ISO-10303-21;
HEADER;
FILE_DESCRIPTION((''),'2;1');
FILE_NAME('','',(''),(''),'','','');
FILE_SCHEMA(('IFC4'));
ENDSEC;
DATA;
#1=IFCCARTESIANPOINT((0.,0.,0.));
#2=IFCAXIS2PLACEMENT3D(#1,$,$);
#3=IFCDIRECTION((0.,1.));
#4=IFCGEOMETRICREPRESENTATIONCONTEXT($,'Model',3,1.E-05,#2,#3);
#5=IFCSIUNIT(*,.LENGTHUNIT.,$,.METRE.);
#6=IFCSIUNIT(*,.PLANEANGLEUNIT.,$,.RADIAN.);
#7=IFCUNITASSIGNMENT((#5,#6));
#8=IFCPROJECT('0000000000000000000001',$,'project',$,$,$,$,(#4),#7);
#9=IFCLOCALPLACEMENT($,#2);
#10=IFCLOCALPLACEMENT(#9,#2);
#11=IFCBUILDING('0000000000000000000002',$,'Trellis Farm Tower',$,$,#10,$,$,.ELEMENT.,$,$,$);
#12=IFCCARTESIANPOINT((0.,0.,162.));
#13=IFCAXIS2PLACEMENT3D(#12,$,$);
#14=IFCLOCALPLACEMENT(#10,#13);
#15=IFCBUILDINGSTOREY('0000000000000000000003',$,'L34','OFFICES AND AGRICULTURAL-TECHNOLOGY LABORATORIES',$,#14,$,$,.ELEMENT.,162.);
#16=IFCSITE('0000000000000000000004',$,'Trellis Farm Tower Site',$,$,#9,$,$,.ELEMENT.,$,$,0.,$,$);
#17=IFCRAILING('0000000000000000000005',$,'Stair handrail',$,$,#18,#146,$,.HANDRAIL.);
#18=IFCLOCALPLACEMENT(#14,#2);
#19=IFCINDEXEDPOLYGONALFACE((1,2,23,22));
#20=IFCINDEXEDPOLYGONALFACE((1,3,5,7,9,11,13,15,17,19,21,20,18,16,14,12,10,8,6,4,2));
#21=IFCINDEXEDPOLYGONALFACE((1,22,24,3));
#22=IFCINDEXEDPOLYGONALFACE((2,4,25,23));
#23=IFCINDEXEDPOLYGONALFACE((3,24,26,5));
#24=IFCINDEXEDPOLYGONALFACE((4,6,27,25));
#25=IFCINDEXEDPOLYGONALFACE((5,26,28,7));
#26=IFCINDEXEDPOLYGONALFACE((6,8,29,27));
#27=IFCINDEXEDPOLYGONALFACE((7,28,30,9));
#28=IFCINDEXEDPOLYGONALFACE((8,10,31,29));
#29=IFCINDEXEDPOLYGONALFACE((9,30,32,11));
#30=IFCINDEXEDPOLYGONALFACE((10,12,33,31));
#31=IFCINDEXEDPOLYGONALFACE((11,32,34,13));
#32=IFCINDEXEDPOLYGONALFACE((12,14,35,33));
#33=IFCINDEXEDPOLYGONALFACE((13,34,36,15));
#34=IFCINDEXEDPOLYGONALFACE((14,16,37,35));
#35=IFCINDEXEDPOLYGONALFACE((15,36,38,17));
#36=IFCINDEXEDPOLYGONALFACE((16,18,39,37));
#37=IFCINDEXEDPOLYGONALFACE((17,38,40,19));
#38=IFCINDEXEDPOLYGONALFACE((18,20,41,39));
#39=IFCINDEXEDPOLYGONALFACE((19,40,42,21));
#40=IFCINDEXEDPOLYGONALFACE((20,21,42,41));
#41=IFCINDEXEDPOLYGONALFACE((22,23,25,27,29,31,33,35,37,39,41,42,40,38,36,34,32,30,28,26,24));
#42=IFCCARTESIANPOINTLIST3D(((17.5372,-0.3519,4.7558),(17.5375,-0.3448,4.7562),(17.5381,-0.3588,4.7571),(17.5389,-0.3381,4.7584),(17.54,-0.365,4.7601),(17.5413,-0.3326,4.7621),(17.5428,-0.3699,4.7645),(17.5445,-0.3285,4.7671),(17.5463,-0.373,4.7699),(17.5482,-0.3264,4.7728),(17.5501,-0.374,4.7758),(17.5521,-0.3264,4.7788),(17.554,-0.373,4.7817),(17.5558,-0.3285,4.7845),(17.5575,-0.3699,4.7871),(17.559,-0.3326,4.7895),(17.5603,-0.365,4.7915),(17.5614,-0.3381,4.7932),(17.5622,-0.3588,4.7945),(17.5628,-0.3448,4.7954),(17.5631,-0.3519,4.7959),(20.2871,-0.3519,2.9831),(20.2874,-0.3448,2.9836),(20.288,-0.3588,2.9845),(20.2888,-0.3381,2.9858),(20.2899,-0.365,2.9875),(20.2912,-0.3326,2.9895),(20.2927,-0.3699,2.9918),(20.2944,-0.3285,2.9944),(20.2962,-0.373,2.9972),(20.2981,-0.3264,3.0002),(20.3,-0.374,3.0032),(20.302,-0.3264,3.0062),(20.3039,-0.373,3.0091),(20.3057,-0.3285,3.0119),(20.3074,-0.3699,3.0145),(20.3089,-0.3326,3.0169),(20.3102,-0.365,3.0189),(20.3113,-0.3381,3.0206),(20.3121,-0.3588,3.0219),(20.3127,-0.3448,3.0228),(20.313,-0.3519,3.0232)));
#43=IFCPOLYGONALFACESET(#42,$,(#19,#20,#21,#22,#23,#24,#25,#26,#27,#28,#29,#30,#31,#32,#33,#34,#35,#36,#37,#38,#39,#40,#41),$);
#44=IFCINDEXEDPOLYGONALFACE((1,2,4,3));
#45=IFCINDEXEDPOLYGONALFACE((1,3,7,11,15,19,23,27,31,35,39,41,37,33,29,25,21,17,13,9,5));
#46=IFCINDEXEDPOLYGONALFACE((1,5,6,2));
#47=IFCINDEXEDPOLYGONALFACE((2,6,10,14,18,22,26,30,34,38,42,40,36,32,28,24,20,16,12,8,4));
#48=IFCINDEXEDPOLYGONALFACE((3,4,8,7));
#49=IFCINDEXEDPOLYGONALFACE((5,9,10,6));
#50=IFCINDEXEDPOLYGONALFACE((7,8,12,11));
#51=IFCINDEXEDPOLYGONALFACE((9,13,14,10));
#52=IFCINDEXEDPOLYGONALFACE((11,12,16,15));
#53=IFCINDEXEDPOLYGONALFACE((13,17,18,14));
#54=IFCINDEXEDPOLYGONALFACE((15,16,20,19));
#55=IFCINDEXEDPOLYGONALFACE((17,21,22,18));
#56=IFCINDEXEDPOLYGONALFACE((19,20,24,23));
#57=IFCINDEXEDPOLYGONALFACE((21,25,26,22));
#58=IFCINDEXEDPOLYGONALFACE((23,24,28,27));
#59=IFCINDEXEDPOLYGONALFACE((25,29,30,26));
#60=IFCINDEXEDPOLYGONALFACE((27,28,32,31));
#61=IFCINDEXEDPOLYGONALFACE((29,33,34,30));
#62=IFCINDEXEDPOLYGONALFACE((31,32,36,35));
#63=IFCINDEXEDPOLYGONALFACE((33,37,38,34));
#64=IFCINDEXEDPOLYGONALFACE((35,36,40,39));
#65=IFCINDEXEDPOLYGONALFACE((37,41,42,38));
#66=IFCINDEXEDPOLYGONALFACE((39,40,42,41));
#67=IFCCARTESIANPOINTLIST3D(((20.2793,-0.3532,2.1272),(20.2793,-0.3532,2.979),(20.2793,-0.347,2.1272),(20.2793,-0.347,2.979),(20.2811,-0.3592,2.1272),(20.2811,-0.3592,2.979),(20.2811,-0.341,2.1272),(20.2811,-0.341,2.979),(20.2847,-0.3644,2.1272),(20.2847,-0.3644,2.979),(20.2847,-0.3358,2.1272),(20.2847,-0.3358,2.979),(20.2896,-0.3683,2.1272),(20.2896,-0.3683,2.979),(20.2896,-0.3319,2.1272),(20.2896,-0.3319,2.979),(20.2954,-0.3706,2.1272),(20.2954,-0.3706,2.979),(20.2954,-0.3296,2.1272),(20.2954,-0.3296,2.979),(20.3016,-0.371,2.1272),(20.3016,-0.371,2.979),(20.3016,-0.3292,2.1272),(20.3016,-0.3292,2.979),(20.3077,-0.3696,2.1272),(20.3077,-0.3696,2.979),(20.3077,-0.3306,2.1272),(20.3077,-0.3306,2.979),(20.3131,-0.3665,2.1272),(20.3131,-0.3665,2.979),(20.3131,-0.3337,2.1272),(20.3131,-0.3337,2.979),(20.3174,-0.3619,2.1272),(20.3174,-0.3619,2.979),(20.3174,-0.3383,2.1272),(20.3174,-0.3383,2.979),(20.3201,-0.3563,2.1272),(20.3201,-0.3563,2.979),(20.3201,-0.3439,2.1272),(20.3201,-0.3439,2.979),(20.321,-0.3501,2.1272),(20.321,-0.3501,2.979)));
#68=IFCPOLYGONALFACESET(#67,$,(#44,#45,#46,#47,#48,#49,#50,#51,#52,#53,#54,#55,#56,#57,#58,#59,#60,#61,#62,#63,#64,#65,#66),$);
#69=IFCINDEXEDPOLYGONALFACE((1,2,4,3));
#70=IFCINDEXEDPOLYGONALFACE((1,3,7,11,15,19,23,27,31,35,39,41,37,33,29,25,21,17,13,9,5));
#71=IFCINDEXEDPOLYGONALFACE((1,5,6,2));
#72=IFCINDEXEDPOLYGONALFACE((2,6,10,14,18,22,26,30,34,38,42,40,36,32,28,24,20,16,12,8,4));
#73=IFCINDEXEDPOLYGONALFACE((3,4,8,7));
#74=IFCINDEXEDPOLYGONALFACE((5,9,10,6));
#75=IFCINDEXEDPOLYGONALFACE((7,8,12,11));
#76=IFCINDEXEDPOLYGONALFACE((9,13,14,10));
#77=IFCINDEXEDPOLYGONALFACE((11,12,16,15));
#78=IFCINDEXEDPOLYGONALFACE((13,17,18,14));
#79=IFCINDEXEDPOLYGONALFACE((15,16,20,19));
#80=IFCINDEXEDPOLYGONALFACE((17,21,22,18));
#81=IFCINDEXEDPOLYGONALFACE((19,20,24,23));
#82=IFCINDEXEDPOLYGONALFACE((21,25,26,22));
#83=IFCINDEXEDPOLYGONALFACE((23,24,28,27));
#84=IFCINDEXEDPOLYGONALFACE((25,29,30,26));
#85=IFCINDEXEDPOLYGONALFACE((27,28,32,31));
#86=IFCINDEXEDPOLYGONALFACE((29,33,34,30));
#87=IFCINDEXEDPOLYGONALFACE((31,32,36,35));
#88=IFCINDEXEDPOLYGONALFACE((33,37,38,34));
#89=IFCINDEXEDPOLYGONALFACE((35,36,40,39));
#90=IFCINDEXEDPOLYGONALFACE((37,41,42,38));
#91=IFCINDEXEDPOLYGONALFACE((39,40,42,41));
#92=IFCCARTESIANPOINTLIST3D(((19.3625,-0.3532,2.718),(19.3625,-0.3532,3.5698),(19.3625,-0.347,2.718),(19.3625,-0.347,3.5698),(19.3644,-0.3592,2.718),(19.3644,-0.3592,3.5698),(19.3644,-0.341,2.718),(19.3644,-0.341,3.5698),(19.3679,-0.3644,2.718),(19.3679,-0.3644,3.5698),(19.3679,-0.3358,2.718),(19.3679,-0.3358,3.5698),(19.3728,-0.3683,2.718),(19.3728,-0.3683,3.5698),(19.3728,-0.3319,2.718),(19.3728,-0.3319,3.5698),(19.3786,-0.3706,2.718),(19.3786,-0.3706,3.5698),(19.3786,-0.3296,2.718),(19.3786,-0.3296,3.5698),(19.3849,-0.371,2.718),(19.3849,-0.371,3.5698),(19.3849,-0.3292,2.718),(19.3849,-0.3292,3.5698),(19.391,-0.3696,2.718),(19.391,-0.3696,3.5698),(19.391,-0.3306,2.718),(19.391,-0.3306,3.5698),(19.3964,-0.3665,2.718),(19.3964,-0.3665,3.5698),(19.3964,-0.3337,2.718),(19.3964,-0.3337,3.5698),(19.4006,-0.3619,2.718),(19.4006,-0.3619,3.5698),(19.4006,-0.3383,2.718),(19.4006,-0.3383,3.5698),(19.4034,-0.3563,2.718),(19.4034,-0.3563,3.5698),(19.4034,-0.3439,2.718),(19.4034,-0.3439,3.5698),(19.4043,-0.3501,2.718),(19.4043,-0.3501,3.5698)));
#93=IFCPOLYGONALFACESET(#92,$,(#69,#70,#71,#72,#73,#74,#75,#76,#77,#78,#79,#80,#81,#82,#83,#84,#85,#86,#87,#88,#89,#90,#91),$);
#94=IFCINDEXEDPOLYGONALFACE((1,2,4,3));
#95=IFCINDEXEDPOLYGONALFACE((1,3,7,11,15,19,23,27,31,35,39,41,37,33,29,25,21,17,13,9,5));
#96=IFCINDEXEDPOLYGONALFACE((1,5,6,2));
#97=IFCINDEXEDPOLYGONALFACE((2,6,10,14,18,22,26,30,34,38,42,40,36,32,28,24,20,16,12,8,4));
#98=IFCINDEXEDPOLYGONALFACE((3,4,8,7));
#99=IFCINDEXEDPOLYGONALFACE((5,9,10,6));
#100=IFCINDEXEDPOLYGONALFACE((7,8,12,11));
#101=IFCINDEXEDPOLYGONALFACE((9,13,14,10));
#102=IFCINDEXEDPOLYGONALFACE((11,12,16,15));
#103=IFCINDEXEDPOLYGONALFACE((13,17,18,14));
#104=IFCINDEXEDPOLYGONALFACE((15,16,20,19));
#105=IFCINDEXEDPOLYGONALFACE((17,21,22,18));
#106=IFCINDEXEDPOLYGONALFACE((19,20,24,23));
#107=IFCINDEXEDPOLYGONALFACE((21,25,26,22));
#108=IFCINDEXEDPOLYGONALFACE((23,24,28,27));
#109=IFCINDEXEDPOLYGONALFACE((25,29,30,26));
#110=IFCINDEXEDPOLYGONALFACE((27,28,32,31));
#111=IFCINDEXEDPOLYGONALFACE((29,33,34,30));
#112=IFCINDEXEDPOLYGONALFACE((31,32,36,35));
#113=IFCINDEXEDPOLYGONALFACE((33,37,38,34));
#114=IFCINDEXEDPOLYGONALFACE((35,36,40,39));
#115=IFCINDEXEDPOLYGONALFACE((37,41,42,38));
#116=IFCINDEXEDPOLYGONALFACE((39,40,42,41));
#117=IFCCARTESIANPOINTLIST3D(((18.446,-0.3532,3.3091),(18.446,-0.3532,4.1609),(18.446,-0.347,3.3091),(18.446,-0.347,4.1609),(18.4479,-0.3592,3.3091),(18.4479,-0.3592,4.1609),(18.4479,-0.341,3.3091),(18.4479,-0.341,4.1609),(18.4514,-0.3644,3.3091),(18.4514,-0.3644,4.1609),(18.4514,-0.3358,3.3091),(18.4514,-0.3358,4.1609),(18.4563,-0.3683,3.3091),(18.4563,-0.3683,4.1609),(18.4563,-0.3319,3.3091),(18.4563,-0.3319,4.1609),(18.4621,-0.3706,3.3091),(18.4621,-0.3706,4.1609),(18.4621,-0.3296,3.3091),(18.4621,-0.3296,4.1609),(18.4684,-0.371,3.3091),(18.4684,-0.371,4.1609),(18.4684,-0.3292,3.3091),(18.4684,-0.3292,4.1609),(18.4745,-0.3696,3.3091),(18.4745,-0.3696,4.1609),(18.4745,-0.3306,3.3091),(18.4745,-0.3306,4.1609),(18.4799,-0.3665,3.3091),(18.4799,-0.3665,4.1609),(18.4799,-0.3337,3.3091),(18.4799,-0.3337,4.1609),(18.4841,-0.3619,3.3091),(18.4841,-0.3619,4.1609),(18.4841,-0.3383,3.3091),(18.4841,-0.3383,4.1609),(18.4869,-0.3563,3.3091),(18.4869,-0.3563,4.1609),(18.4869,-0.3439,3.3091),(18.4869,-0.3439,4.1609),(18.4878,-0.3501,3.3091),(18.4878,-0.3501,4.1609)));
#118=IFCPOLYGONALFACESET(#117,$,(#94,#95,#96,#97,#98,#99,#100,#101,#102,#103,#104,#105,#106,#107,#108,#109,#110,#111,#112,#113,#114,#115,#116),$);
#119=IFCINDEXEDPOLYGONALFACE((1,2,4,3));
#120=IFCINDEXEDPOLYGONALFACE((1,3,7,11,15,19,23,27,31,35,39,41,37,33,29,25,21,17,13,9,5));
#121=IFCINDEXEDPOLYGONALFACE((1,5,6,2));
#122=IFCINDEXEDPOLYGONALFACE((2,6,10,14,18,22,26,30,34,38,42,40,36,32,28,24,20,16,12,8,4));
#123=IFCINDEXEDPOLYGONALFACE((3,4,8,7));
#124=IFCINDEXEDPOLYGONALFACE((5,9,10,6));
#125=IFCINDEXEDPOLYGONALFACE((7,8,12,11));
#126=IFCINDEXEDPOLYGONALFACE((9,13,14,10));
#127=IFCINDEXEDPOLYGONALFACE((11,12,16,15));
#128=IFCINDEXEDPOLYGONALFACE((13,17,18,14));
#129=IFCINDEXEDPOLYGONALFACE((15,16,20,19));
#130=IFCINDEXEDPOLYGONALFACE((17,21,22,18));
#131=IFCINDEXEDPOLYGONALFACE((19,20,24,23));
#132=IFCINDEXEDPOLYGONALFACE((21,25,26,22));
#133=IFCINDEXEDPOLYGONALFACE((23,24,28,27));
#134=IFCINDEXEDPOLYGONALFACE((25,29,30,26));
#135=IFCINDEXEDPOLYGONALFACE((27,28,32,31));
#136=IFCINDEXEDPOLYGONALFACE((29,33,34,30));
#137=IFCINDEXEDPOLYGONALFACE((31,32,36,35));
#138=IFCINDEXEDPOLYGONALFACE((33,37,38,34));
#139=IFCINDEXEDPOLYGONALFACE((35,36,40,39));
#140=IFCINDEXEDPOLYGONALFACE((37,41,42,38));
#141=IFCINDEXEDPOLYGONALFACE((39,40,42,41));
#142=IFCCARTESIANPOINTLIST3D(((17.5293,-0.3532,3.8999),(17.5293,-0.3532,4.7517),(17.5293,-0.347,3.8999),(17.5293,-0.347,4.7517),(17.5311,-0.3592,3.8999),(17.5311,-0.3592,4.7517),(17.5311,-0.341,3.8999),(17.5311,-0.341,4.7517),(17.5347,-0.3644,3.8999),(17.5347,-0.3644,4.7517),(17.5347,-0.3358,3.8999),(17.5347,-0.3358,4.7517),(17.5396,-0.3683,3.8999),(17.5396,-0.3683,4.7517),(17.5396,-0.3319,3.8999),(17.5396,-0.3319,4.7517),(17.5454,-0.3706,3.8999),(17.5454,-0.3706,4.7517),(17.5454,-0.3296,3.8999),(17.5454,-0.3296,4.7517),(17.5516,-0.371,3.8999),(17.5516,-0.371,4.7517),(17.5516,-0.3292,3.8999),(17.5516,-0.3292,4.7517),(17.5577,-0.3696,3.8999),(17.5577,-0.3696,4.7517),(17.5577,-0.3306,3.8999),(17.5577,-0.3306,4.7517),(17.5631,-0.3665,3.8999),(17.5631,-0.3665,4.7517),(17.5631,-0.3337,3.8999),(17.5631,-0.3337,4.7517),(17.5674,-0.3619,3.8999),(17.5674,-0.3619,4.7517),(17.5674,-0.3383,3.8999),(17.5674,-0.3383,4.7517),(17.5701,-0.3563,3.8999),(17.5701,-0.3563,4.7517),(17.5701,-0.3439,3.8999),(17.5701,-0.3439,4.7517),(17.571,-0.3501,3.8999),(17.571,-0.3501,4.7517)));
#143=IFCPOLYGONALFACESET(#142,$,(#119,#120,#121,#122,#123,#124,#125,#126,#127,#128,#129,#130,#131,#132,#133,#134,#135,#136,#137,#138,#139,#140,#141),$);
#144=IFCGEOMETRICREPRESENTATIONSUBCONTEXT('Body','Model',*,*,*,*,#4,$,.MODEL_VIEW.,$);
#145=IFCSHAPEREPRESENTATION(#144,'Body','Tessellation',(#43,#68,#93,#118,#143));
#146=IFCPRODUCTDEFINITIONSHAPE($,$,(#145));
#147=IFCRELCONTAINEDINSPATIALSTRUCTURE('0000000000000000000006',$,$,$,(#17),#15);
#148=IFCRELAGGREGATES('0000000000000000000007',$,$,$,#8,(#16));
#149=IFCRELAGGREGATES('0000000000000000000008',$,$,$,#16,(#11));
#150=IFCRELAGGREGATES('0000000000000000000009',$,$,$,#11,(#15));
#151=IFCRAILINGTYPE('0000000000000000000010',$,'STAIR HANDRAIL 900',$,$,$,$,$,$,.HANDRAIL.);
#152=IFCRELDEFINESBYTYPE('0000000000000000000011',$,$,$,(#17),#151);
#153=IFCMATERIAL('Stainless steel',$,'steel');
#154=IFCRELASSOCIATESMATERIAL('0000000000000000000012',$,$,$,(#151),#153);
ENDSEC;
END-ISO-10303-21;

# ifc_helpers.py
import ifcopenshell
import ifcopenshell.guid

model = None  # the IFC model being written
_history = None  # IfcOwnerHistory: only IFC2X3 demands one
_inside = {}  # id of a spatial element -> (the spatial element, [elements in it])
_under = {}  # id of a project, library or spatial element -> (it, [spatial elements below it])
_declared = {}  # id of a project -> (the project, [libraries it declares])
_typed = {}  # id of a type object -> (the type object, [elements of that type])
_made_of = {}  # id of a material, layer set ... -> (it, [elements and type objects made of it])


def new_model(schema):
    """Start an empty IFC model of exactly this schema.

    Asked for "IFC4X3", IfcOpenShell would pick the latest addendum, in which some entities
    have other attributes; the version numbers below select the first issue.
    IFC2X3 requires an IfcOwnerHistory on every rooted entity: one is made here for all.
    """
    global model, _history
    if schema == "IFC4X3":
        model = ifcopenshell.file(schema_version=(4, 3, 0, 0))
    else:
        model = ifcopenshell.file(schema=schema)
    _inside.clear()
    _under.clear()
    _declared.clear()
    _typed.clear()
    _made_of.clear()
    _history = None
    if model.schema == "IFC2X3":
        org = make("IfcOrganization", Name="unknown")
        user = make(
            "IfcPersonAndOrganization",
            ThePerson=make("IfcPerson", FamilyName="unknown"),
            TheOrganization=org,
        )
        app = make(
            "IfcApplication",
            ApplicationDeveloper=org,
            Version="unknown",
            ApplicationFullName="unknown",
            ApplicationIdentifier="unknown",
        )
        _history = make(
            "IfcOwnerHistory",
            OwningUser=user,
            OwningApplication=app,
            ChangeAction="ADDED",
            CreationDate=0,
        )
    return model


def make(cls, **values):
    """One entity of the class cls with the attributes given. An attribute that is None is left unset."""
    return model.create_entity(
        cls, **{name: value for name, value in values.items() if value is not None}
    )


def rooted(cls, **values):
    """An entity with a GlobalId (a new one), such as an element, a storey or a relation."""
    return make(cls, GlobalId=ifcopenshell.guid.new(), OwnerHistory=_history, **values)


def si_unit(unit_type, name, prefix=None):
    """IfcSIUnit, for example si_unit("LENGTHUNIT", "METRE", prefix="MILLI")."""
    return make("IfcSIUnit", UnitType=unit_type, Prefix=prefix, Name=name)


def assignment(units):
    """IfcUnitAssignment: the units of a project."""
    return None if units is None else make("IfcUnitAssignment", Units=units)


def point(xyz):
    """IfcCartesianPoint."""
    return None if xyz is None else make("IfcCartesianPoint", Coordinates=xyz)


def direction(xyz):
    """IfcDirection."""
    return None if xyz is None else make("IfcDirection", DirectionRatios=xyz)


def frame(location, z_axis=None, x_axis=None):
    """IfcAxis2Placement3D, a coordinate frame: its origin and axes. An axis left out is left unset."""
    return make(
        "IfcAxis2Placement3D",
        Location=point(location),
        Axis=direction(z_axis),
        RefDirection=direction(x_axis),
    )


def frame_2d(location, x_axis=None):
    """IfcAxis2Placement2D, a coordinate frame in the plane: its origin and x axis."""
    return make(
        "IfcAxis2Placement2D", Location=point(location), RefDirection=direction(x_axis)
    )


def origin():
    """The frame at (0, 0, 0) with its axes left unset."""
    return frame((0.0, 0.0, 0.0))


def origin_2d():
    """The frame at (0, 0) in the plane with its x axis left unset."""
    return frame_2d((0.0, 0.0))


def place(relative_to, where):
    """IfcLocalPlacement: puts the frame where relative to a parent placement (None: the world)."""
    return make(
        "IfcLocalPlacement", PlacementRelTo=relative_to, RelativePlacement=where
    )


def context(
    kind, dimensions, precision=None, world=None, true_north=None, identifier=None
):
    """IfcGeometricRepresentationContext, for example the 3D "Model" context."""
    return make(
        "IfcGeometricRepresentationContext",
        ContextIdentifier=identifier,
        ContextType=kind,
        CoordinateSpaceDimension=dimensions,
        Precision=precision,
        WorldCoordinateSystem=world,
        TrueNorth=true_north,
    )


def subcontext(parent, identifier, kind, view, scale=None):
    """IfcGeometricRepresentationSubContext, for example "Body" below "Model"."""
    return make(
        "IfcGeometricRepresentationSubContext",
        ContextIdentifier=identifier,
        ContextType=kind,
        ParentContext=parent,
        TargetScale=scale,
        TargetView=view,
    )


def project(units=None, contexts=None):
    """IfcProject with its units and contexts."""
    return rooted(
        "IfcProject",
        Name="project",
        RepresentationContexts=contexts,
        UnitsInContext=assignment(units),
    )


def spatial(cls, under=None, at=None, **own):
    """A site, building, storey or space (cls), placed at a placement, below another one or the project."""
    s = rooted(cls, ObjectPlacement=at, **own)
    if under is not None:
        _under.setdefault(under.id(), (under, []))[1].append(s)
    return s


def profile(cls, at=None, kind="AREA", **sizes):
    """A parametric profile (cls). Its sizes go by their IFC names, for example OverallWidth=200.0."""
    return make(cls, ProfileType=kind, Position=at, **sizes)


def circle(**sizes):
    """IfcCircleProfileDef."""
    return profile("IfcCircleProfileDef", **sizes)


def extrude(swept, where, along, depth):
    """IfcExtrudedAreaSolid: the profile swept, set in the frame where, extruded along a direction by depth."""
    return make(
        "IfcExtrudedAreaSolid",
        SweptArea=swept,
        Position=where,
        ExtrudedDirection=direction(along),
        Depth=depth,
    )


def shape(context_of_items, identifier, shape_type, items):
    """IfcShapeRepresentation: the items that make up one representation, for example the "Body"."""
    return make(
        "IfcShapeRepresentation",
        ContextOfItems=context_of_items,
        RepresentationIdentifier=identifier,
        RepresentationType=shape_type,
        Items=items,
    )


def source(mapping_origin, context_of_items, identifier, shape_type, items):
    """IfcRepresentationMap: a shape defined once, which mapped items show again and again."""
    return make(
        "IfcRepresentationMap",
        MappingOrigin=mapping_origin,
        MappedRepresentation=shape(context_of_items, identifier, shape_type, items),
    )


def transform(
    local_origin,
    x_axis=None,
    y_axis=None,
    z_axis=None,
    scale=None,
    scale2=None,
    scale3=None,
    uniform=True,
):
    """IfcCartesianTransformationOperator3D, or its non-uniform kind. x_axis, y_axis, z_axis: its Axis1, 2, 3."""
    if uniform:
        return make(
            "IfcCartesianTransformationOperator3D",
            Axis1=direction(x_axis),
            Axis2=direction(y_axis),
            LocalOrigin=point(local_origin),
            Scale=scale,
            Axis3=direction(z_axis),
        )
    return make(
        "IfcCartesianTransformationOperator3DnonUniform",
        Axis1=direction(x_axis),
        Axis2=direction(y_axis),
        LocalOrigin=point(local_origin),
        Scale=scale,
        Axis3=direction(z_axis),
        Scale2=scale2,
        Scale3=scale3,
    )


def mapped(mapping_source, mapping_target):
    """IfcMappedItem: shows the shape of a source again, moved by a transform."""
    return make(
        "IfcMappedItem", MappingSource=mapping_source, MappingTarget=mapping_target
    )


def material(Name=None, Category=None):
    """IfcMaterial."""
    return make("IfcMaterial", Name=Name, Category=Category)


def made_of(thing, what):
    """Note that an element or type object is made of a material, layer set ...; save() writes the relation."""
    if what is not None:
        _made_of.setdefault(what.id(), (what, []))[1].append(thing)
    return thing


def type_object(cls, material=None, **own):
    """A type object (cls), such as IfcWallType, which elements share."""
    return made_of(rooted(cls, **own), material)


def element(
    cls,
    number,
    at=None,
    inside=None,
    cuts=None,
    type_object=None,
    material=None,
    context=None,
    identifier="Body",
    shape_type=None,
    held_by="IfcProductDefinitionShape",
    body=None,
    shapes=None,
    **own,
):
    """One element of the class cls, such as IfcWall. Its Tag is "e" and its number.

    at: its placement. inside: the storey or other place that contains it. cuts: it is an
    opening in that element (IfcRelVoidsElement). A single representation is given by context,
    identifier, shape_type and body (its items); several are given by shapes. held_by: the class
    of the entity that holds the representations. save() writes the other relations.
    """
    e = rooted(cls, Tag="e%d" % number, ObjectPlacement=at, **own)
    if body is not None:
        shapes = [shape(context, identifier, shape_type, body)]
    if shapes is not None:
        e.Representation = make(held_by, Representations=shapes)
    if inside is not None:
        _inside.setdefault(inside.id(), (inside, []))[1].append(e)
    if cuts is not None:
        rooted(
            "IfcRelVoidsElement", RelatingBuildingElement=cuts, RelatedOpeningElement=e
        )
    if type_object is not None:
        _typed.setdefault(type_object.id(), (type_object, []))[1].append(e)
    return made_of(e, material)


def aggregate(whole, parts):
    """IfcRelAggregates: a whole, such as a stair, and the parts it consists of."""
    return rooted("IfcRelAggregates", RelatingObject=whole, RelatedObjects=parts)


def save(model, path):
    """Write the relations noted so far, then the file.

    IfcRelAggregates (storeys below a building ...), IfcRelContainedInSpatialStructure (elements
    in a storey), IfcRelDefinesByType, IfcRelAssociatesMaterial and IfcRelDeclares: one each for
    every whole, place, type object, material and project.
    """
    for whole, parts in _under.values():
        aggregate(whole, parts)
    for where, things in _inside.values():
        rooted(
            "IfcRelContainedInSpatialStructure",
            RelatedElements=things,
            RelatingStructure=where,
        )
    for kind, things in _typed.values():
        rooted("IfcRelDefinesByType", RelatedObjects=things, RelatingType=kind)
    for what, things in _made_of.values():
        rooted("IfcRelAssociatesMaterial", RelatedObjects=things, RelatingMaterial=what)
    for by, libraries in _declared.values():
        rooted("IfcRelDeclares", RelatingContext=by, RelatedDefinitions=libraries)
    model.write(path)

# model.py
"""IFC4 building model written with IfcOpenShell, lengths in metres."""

from ifc_helpers import new_model, si_unit, direction, frame, origin, origin_2d, place, context, subcontext, project, spatial, circle, extrude, source, transform, mapped, material, type_object, element, save


model = new_model("IFC4")

# Units and contexts
model_context = context("Model", 3, precision=1e-05, world=origin(), true_north=direction((0.0, 1.0)))
body_context = subcontext(model_context, "Body", "Model", "MODEL_VIEW")
ifc_project = project(units=[si_unit("LENGTHUNIT", "METRE"), si_unit("PLANEANGLEUNIT", "RADIAN")], contexts=[model_context])

# Site, building, storey
site_placement = place(None, origin())
site = spatial("IfcSite", under=ifc_project, at=site_placement, Name="Trellis Farm Tower Site", CompositionType="ELEMENT", RefElevation=0.0)
building_placement = place(site_placement, origin())
building = spatial("IfcBuilding", under=site, at=building_placement, Name="Trellis Farm Tower", CompositionType="ELEMENT")
storey_placement = place(building_placement, frame((0.0, 0.0, 162.0)))
storey = spatial("IfcBuildingStorey", under=building, at=storey_placement, Name="L34", Description="OFFICES AND AGRICULTURAL-TECHNOLOGY LABORATORIES", CompositionType="ELEMENT", Elevation=162.0)

# Railing
ifc_material_1 = material(Name="Stainless steel", Category="steel")
railing_type = type_object("IfcRailingType", Name="STAIR HANDRAIL 900", PredefinedType="HANDRAIL", material=ifc_material_1)
shared_shape_1 = source(origin(), body_context, "Body", "SweptSolid", [
    extrude(circle(Radius=0.0239, at=origin_2d()), frame((0.0, 0.0, 0.876), z_axis=(-0.840504, 0.0, 0.541806), x_axis=(0.0, -1.0, 0.0)), (0.0, 0.0, 1.0), 3.2717),
    extrude(circle(Radius=0.021, at=origin_2d()), origin(), (0.0, 0.0, 1.0), 0.8518),
    extrude(circle(Radius=0.021, at=origin_2d()), frame((-0.9167, 0.0, 0.5908)), (0.0, 0.0, 1.0), 0.8518),
    extrude(circle(Radius=0.021, at=origin_2d()), frame((-1.8333, 0.0, 1.1819)), (0.0, 0.0, 1.0), 0.8518),
    extrude(circle(Radius=0.021, at=origin_2d()), frame((-2.75, 0.0, 1.7727)), (0.0, 0.0, 1.0), 0.8518),
])
for number, where, name in (
    (1, (20.3, -0.3501, 2.1272), "Stair handrail"),
):
    element("IfcRailing", number, at=place(storey_placement, frame(where)), inside=storey, type_object=railing_type, Name=name, PredefinedType="HANDRAIL", context=body_context, shape_type="MappedRepresentation", body=[
        mapped(shared_shape_1, transform((0.0, 0.0, 0.0))),
    ])

save(model, "model.ifc")
